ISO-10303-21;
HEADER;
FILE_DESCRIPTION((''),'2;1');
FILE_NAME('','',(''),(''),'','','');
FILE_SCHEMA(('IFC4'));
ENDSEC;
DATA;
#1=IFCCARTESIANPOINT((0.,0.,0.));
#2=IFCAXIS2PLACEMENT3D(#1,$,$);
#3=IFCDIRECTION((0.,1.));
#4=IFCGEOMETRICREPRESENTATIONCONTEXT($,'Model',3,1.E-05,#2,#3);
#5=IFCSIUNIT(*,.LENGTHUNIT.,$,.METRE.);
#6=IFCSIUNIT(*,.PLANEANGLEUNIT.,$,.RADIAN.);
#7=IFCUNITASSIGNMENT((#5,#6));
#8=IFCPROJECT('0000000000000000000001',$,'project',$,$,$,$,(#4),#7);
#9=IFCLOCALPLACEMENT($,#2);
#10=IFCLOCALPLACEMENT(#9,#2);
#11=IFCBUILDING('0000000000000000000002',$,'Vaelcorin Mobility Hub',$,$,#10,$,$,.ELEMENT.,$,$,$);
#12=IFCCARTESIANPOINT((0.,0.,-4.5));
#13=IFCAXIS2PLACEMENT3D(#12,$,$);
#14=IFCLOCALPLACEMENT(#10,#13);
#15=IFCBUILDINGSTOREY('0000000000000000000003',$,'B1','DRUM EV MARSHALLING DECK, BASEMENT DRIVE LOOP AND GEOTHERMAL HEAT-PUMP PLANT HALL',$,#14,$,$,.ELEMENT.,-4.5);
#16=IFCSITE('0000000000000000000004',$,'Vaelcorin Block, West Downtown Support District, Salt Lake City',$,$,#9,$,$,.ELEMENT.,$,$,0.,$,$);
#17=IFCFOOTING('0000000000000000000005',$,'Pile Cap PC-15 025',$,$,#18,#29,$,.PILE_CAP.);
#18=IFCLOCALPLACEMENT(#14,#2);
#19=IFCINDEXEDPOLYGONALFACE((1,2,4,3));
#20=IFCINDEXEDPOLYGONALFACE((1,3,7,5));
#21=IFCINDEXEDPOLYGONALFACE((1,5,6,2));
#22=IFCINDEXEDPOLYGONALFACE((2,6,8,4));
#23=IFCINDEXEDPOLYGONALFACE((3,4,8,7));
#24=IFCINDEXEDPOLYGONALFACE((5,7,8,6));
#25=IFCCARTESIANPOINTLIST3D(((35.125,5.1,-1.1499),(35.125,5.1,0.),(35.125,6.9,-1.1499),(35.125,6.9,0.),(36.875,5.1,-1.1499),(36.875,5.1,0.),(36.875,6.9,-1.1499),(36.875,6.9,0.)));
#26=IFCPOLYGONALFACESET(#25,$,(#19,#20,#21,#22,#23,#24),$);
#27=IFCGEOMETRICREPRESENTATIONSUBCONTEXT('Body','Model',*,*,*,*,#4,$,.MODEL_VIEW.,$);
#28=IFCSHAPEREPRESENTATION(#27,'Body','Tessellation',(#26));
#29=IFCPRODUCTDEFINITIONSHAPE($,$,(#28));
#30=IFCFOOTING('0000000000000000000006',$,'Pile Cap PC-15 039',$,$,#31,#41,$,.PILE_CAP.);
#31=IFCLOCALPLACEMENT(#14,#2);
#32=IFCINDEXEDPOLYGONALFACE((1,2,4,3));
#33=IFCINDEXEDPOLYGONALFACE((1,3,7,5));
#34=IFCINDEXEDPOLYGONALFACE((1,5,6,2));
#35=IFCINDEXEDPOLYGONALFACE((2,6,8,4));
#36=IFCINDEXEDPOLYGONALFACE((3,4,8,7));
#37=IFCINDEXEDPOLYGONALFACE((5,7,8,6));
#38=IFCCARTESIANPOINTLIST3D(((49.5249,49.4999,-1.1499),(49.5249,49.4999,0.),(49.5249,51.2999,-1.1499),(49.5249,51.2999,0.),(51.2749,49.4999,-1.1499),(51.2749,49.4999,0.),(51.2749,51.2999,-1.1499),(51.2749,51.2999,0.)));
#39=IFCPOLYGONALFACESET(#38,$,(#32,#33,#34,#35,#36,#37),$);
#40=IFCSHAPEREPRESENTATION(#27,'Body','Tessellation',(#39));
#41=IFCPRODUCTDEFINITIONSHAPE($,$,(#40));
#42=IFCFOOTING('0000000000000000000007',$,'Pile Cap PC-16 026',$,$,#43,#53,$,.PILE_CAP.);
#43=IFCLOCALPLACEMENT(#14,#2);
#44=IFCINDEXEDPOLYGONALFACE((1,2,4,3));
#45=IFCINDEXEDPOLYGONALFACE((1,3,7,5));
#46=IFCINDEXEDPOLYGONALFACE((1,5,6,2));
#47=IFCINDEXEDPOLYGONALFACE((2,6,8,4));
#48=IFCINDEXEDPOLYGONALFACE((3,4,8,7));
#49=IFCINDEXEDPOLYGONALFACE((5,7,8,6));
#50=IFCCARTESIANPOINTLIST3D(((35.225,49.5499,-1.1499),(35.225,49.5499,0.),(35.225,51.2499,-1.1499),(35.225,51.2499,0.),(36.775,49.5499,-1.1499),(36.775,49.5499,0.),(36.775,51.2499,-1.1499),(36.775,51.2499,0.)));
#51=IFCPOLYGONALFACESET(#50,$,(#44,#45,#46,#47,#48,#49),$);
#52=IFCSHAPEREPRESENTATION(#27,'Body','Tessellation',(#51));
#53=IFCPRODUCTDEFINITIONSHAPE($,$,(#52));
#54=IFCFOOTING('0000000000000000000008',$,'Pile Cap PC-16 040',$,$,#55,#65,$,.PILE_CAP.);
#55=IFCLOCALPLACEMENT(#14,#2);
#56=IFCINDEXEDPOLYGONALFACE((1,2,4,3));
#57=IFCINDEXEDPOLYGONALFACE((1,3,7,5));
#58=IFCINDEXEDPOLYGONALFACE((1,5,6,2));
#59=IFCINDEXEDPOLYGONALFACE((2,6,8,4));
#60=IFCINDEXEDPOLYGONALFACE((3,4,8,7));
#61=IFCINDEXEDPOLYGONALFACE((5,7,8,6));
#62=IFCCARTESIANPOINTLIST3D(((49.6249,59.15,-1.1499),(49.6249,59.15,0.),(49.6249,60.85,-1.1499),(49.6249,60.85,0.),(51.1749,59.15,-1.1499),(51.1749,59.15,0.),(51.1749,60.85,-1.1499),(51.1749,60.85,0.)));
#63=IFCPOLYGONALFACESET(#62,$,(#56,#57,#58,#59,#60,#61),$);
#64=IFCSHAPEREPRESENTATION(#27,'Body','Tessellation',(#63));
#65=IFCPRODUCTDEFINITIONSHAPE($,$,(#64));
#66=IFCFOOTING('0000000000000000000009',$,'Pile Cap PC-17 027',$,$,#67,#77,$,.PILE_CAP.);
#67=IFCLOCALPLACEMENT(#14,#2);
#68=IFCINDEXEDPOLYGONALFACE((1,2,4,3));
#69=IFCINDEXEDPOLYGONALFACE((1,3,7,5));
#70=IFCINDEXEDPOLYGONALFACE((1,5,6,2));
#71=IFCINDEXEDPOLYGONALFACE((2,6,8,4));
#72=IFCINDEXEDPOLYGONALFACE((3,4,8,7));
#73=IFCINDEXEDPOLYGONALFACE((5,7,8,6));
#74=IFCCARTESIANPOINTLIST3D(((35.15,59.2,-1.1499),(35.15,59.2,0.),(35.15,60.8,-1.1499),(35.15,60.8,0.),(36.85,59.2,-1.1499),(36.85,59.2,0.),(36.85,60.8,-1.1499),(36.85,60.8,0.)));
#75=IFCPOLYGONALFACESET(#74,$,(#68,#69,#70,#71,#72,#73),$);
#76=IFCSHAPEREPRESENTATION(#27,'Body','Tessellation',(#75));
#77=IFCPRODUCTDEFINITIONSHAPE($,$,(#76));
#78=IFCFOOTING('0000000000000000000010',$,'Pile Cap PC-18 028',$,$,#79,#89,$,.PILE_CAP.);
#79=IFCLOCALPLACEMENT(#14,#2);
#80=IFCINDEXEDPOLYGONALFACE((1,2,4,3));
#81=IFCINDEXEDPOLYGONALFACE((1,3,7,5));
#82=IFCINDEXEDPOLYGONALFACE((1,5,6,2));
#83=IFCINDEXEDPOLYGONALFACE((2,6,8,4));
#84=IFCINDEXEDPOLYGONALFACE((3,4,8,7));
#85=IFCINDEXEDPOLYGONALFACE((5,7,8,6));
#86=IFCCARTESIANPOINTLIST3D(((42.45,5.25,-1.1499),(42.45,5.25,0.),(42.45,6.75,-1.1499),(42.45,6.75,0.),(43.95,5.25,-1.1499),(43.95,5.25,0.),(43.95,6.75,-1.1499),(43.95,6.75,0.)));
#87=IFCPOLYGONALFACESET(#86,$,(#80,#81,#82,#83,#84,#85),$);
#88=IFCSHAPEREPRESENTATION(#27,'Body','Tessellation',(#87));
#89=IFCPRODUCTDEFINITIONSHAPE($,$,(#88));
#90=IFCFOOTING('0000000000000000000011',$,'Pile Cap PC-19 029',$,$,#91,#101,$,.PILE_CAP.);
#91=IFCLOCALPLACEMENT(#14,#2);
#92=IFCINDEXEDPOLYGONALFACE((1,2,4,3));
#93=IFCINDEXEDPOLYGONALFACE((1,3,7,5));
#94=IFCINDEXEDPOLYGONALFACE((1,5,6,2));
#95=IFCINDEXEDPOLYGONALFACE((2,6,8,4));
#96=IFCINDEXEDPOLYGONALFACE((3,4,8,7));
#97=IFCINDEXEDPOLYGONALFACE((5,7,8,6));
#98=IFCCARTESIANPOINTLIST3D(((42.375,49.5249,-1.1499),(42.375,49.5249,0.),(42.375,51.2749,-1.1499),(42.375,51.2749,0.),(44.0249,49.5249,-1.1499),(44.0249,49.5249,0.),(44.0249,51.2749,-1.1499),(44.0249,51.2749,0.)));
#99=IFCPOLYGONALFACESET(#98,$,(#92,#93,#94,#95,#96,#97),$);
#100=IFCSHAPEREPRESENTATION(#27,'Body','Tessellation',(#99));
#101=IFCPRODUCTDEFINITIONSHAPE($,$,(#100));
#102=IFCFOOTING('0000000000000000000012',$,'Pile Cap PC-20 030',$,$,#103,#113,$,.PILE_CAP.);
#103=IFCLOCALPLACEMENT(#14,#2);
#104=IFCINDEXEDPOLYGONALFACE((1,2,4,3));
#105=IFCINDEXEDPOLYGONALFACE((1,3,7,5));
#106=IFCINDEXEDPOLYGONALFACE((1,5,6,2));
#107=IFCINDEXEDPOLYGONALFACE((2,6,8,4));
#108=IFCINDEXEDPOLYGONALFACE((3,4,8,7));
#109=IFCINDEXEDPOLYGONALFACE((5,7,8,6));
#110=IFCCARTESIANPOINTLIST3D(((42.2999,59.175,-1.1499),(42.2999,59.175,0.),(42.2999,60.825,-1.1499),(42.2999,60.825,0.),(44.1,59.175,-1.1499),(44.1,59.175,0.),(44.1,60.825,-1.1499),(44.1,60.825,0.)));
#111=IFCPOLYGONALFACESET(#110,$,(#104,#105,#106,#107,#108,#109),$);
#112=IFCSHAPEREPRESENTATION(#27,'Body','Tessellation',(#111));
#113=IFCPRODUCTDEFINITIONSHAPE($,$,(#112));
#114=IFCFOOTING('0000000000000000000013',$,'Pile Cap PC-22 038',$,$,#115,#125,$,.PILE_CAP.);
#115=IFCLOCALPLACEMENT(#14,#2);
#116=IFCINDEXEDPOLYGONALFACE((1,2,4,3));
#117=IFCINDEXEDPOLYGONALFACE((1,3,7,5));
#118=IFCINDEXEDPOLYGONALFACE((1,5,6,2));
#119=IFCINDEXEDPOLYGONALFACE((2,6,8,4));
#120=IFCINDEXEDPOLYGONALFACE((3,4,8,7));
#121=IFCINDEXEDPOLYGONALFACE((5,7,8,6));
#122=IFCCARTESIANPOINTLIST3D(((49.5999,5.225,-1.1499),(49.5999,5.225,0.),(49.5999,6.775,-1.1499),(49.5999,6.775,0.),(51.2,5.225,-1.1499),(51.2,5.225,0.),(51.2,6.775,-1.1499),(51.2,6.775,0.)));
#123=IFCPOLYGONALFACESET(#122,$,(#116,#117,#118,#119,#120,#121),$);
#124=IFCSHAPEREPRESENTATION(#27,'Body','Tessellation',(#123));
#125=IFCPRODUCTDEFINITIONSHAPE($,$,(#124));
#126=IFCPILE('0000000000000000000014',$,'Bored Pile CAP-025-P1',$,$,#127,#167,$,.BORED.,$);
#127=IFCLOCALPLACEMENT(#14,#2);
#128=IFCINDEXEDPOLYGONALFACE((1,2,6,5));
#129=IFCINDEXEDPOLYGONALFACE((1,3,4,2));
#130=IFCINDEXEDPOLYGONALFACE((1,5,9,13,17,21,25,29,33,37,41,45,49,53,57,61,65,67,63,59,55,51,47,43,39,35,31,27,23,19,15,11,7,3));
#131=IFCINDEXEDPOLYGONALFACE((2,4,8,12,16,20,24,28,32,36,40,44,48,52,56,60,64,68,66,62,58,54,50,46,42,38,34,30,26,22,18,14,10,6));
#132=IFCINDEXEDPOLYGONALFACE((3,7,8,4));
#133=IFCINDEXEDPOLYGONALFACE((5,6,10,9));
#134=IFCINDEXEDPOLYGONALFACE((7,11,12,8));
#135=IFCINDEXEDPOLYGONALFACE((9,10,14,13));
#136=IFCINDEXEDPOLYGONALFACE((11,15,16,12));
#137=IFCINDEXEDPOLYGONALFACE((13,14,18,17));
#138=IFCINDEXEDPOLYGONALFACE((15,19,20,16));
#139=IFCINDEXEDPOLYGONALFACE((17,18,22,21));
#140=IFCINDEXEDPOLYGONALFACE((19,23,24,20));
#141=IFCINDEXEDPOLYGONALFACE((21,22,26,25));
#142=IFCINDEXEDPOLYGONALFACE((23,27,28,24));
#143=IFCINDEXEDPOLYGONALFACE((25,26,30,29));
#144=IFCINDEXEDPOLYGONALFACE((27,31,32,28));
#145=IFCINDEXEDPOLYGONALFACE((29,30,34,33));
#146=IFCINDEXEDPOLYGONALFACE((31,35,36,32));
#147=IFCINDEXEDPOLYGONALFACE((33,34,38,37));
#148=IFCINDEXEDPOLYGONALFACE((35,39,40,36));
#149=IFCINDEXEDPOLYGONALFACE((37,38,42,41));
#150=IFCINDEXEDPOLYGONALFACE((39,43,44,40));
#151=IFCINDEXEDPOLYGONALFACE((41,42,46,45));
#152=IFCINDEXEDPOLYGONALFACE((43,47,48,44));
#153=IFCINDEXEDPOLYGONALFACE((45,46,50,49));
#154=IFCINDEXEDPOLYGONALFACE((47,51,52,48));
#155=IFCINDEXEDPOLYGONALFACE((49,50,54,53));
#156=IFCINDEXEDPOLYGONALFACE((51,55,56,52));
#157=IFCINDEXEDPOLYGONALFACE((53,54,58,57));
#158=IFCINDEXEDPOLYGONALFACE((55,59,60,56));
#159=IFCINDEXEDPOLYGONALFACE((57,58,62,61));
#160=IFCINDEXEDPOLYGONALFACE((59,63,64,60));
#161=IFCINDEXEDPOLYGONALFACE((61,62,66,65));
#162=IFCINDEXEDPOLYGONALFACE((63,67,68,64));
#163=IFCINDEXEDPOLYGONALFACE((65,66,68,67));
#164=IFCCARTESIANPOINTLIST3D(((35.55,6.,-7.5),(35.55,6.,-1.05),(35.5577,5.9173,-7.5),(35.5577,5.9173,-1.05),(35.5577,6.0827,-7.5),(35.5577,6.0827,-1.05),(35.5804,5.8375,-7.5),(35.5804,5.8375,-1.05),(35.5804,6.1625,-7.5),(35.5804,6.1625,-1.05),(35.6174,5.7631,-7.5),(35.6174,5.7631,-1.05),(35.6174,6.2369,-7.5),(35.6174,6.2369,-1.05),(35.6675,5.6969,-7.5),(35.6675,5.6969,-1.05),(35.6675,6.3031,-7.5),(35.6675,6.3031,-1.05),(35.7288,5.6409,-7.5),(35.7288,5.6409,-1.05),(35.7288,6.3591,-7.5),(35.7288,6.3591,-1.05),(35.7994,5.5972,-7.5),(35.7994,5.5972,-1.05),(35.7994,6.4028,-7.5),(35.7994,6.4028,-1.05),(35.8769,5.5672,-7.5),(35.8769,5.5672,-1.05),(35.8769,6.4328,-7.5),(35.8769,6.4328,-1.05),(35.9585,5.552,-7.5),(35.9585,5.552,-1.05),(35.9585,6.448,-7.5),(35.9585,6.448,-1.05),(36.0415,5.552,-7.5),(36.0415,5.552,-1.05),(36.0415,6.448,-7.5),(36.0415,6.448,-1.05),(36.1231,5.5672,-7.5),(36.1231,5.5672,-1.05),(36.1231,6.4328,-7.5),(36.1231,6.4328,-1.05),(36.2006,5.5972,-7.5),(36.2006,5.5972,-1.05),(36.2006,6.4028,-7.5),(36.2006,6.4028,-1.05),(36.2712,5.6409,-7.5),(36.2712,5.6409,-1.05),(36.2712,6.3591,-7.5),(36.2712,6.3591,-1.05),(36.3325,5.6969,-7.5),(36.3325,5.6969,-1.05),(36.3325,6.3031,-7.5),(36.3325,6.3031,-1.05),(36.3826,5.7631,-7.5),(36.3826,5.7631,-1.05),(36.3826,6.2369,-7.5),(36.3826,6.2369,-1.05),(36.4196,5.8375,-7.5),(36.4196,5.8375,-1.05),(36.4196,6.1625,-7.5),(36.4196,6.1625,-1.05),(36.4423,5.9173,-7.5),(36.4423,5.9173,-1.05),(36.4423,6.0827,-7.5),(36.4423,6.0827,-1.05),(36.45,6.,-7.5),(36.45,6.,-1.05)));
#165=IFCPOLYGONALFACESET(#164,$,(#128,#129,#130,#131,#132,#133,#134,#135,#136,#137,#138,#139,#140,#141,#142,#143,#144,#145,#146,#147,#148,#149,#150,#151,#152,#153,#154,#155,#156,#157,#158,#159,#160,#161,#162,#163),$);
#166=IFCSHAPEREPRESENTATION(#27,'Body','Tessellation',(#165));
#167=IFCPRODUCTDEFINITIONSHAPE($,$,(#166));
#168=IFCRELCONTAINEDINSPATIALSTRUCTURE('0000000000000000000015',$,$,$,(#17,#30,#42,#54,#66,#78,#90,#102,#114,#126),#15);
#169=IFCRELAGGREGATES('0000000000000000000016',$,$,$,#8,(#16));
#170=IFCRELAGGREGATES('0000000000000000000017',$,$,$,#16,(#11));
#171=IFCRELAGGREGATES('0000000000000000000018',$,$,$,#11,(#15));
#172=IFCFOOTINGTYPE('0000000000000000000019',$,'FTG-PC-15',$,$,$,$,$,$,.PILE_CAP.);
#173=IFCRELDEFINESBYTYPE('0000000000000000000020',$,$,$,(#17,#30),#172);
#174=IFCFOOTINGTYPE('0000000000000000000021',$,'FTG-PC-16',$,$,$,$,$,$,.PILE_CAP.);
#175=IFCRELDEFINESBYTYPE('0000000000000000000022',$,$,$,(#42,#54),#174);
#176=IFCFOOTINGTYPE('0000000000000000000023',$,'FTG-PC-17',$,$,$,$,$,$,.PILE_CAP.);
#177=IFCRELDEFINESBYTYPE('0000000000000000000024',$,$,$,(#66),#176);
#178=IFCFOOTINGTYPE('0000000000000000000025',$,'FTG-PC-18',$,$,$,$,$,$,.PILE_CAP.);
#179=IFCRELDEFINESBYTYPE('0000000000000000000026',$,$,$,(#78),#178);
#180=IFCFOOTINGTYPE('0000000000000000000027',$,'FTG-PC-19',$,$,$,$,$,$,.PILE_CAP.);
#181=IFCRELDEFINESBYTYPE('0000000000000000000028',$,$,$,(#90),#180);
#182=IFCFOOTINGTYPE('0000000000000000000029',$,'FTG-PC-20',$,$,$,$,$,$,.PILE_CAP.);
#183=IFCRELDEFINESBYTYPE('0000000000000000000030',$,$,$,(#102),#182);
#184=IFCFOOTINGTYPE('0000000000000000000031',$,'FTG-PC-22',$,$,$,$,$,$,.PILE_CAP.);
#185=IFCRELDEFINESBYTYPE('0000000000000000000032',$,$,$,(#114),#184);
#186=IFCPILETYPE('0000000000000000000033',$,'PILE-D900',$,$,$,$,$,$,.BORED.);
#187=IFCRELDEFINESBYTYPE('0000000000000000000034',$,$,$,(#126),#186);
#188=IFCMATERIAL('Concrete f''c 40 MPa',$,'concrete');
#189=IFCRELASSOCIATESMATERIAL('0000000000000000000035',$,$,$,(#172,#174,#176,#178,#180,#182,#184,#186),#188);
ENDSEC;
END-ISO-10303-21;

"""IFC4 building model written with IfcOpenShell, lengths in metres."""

from ifc_helpers import new_model, si_unit, direction, frame, origin, origin_2d, place, context, subcontext, project, spatial, rectangle, circle, extrude, material, material_profile, profile_set, type_object, element, save


model = new_model("IFC4")

# Units and contexts
model_context = context("Model", 3, precision=1e-05, world=origin(), true_north=direction((0.0, 1.0)))
body_context = subcontext(model_context, "Body", "Model", "MODEL_VIEW")
ifc_project = project(units=[si_unit("LENGTHUNIT", "METRE"), si_unit("PLANEANGLEUNIT", "RADIAN")], contexts=[model_context])

# Site, building, storey
site_placement = place(None, origin())
site = spatial("IfcSite", under=ifc_project, at=site_placement, Name="Vaelcorin Block, West Downtown Support District, Salt Lake City", CompositionType="ELEMENT", RefElevation=0.0)
building_placement = place(site_placement, origin())
building = spatial("IfcBuilding", under=site, at=building_placement, Name="Vaelcorin Mobility Hub", CompositionType="ELEMENT")
storey_placement = place(building_placement, frame((0.0, 0.0, -4.5)))
storey = spatial("IfcBuildingStorey", under=building, at=storey_placement, Name="B1", Description="DRUM EV MARSHALLING DECK, BASEMENT DRIVE LOOP AND GEOTHERMAL HEAT-PUMP PLANT HALL", CompositionType="ELEMENT", Elevation=-4.5)

# Footings
ifc_material_1 = material(Name="Concrete f'c 40 MPa", Category="concrete")
footing_type_1 = type_object("IfcFootingType", Name="FTG-PC-15", PredefinedType="PILE_CAP", material=ifc_material_1)
for number, where, z_axis, x_axis, name in (
    (1, (36.0, 6.0, -1.1499), (0.0, 0.0, 1.0), (1.0, 0.0, 0.0), "Pile Cap PC-15 025"),
    (2, (50.3999, 50.3999, -1.1499), (0.0, 0.0, 1.0), (1.0, 0.0, 0.0), "Pile Cap PC-15 039"),
):
    element("IfcFooting", number, at=place(storey_placement, frame(where, z_axis=z_axis, x_axis=x_axis)), inside=storey, type_object=footing_type_1, Name=name, PredefinedType="PILE_CAP", context=body_context, shape_type="SweptSolid", body=[
        extrude(rectangle(XDim=1.75, YDim=1.8, at=origin_2d()), origin(), (0.0, 0.0, 1.0), 1.1499),
    ])
footing_type_2 = type_object("IfcFootingType", Name="FTG-PC-16", PredefinedType="PILE_CAP", material=ifc_material_1)
for number, where, z_axis, x_axis, name in (
    (3, (36.0, 50.3999, -1.1499), (0.0, 0.0, 1.0), (1.0, 0.0, 0.0), "Pile Cap PC-16 026"),
    (4, (50.3999, 60.0, -1.1499), (0.0, 0.0, 1.0), (1.0, 0.0, 0.0), "Pile Cap PC-16 040"),
):
    element("IfcFooting", number, at=place(storey_placement, frame(where, z_axis=z_axis, x_axis=x_axis)), inside=storey, type_object=footing_type_2, Name=name, PredefinedType="PILE_CAP", context=body_context, shape_type="SweptSolid", body=[
        extrude(rectangle(XDim=1.55, YDim=1.7, at=origin_2d()), origin(), (0.0, 0.0, 1.0), 1.1499),
    ])
footing_type_3 = type_object("IfcFootingType", Name="FTG-PC-17", PredefinedType="PILE_CAP", material=ifc_material_1)
footing_1_placement = place(storey_placement, frame((36.0, 60.0, -1.1499), z_axis=(0.0, 0.0, 1.0), x_axis=(1.0, 0.0, 0.0)))
element("IfcFooting", 5, at=footing_1_placement, inside=storey, type_object=footing_type_3, Name="Pile Cap PC-17 027", PredefinedType="PILE_CAP", context=body_context, shape_type="SweptSolid", body=[
    extrude(rectangle(XDim=1.7, YDim=1.6001, at=origin_2d()), origin(), (0.0, 0.0, 1.0), 1.1499),
])
footing_type_4 = type_object("IfcFootingType", Name="FTG-PC-18", PredefinedType="PILE_CAP", material=ifc_material_1)
footing_2_placement = place(storey_placement, frame((43.2, 6.0, -1.1499), z_axis=(0.0, 0.0, 1.0), x_axis=(1.0, 0.0, 0.0)))
element("IfcFooting", 6, at=footing_2_placement, inside=storey, type_object=footing_type_4, Name="Pile Cap PC-18 028", PredefinedType="PILE_CAP", context=body_context, shape_type="SweptSolid", body=[
    extrude(rectangle(XDim=1.5, YDim=1.5, at=origin_2d()), origin(), (0.0, 0.0, 1.0), 1.1499),
])
footing_type_5 = type_object("IfcFootingType", Name="FTG-PC-19", PredefinedType="PILE_CAP", material=ifc_material_1)
footing_3_placement = place(storey_placement, frame((43.2, 50.3999, -1.1499), z_axis=(0.0, 0.0, 1.0), x_axis=(1.0, 0.0, 0.0)))
element("IfcFooting", 7, at=footing_3_placement, inside=storey, type_object=footing_type_5, Name="Pile Cap PC-19 029", PredefinedType="PILE_CAP", context=body_context, shape_type="SweptSolid", body=[
    extrude(rectangle(XDim=1.6499, YDim=1.75, at=origin_2d()), origin(), (0.0, 0.0, 1.0), 1.1499),
])
footing_type_6 = type_object("IfcFootingType", Name="FTG-PC-20", PredefinedType="PILE_CAP", material=ifc_material_1)
footing_4_placement = place(storey_placement, frame((43.2, 60.0, -1.1499), z_axis=(0.0, 0.0, 1.0), x_axis=(1.0, 0.0, 0.0)))
element("IfcFooting", 8, at=footing_4_placement, inside=storey, type_object=footing_type_6, Name="Pile Cap PC-20 030", PredefinedType="PILE_CAP", context=body_context, shape_type="SweptSolid", body=[
    extrude(rectangle(XDim=1.8, YDim=1.6499, at=origin_2d()), origin(), (0.0, 0.0, 1.0), 1.1499),
])
footing_type_7 = type_object("IfcFootingType", Name="FTG-PC-22", PredefinedType="PILE_CAP", material=ifc_material_1)
footing_5_placement = place(storey_placement, frame((50.3999, 6.0, -1.1499), z_axis=(0.0, 0.0, 1.0), x_axis=(1.0, 0.0, 0.0)))
element("IfcFooting", 9, at=footing_5_placement, inside=storey, type_object=footing_type_7, Name="Pile Cap PC-22 038", PredefinedType="PILE_CAP", context=body_context, shape_type="SweptSolid", body=[
    extrude(rectangle(XDim=1.6001, YDim=1.55, at=origin_2d()), origin(), (0.0, 0.0, 1.0), 1.1499),
])

# Pile
ifc_material_profile_1 = material_profile(ifc_material_1, circle(Radius=0.45, at=origin_2d()), Name="BP-D900")
ifc_profile_set_1 = profile_set([ifc_material_profile_1], Name="Concrete f'c 40 MPa")
pile_type = type_object("IfcPileType", Name="PILE-D900", PredefinedType="BORED", material=ifc_profile_set_1)
for number, where, z_axis, x_axis, name in (
    (10, (36.0, 6.0, -1.05), (0.0, 0.0, -1.0), (1.0, 0.0, 0.0), "Bored Pile CAP-025-P1"),
):
    element("IfcPile", number, at=place(storey_placement, frame(where, z_axis=z_axis, x_axis=x_axis)), inside=storey, type_object=pile_type, Name=name, PredefinedType="BORED", context=body_context, shape_type="SweptSolid", body=[
        extrude(circle(Radius=0.45, at=origin_2d()), origin(), (0.0, 0.0, 1.0), 6.45),
    ])

save(model, "model.ifc")
